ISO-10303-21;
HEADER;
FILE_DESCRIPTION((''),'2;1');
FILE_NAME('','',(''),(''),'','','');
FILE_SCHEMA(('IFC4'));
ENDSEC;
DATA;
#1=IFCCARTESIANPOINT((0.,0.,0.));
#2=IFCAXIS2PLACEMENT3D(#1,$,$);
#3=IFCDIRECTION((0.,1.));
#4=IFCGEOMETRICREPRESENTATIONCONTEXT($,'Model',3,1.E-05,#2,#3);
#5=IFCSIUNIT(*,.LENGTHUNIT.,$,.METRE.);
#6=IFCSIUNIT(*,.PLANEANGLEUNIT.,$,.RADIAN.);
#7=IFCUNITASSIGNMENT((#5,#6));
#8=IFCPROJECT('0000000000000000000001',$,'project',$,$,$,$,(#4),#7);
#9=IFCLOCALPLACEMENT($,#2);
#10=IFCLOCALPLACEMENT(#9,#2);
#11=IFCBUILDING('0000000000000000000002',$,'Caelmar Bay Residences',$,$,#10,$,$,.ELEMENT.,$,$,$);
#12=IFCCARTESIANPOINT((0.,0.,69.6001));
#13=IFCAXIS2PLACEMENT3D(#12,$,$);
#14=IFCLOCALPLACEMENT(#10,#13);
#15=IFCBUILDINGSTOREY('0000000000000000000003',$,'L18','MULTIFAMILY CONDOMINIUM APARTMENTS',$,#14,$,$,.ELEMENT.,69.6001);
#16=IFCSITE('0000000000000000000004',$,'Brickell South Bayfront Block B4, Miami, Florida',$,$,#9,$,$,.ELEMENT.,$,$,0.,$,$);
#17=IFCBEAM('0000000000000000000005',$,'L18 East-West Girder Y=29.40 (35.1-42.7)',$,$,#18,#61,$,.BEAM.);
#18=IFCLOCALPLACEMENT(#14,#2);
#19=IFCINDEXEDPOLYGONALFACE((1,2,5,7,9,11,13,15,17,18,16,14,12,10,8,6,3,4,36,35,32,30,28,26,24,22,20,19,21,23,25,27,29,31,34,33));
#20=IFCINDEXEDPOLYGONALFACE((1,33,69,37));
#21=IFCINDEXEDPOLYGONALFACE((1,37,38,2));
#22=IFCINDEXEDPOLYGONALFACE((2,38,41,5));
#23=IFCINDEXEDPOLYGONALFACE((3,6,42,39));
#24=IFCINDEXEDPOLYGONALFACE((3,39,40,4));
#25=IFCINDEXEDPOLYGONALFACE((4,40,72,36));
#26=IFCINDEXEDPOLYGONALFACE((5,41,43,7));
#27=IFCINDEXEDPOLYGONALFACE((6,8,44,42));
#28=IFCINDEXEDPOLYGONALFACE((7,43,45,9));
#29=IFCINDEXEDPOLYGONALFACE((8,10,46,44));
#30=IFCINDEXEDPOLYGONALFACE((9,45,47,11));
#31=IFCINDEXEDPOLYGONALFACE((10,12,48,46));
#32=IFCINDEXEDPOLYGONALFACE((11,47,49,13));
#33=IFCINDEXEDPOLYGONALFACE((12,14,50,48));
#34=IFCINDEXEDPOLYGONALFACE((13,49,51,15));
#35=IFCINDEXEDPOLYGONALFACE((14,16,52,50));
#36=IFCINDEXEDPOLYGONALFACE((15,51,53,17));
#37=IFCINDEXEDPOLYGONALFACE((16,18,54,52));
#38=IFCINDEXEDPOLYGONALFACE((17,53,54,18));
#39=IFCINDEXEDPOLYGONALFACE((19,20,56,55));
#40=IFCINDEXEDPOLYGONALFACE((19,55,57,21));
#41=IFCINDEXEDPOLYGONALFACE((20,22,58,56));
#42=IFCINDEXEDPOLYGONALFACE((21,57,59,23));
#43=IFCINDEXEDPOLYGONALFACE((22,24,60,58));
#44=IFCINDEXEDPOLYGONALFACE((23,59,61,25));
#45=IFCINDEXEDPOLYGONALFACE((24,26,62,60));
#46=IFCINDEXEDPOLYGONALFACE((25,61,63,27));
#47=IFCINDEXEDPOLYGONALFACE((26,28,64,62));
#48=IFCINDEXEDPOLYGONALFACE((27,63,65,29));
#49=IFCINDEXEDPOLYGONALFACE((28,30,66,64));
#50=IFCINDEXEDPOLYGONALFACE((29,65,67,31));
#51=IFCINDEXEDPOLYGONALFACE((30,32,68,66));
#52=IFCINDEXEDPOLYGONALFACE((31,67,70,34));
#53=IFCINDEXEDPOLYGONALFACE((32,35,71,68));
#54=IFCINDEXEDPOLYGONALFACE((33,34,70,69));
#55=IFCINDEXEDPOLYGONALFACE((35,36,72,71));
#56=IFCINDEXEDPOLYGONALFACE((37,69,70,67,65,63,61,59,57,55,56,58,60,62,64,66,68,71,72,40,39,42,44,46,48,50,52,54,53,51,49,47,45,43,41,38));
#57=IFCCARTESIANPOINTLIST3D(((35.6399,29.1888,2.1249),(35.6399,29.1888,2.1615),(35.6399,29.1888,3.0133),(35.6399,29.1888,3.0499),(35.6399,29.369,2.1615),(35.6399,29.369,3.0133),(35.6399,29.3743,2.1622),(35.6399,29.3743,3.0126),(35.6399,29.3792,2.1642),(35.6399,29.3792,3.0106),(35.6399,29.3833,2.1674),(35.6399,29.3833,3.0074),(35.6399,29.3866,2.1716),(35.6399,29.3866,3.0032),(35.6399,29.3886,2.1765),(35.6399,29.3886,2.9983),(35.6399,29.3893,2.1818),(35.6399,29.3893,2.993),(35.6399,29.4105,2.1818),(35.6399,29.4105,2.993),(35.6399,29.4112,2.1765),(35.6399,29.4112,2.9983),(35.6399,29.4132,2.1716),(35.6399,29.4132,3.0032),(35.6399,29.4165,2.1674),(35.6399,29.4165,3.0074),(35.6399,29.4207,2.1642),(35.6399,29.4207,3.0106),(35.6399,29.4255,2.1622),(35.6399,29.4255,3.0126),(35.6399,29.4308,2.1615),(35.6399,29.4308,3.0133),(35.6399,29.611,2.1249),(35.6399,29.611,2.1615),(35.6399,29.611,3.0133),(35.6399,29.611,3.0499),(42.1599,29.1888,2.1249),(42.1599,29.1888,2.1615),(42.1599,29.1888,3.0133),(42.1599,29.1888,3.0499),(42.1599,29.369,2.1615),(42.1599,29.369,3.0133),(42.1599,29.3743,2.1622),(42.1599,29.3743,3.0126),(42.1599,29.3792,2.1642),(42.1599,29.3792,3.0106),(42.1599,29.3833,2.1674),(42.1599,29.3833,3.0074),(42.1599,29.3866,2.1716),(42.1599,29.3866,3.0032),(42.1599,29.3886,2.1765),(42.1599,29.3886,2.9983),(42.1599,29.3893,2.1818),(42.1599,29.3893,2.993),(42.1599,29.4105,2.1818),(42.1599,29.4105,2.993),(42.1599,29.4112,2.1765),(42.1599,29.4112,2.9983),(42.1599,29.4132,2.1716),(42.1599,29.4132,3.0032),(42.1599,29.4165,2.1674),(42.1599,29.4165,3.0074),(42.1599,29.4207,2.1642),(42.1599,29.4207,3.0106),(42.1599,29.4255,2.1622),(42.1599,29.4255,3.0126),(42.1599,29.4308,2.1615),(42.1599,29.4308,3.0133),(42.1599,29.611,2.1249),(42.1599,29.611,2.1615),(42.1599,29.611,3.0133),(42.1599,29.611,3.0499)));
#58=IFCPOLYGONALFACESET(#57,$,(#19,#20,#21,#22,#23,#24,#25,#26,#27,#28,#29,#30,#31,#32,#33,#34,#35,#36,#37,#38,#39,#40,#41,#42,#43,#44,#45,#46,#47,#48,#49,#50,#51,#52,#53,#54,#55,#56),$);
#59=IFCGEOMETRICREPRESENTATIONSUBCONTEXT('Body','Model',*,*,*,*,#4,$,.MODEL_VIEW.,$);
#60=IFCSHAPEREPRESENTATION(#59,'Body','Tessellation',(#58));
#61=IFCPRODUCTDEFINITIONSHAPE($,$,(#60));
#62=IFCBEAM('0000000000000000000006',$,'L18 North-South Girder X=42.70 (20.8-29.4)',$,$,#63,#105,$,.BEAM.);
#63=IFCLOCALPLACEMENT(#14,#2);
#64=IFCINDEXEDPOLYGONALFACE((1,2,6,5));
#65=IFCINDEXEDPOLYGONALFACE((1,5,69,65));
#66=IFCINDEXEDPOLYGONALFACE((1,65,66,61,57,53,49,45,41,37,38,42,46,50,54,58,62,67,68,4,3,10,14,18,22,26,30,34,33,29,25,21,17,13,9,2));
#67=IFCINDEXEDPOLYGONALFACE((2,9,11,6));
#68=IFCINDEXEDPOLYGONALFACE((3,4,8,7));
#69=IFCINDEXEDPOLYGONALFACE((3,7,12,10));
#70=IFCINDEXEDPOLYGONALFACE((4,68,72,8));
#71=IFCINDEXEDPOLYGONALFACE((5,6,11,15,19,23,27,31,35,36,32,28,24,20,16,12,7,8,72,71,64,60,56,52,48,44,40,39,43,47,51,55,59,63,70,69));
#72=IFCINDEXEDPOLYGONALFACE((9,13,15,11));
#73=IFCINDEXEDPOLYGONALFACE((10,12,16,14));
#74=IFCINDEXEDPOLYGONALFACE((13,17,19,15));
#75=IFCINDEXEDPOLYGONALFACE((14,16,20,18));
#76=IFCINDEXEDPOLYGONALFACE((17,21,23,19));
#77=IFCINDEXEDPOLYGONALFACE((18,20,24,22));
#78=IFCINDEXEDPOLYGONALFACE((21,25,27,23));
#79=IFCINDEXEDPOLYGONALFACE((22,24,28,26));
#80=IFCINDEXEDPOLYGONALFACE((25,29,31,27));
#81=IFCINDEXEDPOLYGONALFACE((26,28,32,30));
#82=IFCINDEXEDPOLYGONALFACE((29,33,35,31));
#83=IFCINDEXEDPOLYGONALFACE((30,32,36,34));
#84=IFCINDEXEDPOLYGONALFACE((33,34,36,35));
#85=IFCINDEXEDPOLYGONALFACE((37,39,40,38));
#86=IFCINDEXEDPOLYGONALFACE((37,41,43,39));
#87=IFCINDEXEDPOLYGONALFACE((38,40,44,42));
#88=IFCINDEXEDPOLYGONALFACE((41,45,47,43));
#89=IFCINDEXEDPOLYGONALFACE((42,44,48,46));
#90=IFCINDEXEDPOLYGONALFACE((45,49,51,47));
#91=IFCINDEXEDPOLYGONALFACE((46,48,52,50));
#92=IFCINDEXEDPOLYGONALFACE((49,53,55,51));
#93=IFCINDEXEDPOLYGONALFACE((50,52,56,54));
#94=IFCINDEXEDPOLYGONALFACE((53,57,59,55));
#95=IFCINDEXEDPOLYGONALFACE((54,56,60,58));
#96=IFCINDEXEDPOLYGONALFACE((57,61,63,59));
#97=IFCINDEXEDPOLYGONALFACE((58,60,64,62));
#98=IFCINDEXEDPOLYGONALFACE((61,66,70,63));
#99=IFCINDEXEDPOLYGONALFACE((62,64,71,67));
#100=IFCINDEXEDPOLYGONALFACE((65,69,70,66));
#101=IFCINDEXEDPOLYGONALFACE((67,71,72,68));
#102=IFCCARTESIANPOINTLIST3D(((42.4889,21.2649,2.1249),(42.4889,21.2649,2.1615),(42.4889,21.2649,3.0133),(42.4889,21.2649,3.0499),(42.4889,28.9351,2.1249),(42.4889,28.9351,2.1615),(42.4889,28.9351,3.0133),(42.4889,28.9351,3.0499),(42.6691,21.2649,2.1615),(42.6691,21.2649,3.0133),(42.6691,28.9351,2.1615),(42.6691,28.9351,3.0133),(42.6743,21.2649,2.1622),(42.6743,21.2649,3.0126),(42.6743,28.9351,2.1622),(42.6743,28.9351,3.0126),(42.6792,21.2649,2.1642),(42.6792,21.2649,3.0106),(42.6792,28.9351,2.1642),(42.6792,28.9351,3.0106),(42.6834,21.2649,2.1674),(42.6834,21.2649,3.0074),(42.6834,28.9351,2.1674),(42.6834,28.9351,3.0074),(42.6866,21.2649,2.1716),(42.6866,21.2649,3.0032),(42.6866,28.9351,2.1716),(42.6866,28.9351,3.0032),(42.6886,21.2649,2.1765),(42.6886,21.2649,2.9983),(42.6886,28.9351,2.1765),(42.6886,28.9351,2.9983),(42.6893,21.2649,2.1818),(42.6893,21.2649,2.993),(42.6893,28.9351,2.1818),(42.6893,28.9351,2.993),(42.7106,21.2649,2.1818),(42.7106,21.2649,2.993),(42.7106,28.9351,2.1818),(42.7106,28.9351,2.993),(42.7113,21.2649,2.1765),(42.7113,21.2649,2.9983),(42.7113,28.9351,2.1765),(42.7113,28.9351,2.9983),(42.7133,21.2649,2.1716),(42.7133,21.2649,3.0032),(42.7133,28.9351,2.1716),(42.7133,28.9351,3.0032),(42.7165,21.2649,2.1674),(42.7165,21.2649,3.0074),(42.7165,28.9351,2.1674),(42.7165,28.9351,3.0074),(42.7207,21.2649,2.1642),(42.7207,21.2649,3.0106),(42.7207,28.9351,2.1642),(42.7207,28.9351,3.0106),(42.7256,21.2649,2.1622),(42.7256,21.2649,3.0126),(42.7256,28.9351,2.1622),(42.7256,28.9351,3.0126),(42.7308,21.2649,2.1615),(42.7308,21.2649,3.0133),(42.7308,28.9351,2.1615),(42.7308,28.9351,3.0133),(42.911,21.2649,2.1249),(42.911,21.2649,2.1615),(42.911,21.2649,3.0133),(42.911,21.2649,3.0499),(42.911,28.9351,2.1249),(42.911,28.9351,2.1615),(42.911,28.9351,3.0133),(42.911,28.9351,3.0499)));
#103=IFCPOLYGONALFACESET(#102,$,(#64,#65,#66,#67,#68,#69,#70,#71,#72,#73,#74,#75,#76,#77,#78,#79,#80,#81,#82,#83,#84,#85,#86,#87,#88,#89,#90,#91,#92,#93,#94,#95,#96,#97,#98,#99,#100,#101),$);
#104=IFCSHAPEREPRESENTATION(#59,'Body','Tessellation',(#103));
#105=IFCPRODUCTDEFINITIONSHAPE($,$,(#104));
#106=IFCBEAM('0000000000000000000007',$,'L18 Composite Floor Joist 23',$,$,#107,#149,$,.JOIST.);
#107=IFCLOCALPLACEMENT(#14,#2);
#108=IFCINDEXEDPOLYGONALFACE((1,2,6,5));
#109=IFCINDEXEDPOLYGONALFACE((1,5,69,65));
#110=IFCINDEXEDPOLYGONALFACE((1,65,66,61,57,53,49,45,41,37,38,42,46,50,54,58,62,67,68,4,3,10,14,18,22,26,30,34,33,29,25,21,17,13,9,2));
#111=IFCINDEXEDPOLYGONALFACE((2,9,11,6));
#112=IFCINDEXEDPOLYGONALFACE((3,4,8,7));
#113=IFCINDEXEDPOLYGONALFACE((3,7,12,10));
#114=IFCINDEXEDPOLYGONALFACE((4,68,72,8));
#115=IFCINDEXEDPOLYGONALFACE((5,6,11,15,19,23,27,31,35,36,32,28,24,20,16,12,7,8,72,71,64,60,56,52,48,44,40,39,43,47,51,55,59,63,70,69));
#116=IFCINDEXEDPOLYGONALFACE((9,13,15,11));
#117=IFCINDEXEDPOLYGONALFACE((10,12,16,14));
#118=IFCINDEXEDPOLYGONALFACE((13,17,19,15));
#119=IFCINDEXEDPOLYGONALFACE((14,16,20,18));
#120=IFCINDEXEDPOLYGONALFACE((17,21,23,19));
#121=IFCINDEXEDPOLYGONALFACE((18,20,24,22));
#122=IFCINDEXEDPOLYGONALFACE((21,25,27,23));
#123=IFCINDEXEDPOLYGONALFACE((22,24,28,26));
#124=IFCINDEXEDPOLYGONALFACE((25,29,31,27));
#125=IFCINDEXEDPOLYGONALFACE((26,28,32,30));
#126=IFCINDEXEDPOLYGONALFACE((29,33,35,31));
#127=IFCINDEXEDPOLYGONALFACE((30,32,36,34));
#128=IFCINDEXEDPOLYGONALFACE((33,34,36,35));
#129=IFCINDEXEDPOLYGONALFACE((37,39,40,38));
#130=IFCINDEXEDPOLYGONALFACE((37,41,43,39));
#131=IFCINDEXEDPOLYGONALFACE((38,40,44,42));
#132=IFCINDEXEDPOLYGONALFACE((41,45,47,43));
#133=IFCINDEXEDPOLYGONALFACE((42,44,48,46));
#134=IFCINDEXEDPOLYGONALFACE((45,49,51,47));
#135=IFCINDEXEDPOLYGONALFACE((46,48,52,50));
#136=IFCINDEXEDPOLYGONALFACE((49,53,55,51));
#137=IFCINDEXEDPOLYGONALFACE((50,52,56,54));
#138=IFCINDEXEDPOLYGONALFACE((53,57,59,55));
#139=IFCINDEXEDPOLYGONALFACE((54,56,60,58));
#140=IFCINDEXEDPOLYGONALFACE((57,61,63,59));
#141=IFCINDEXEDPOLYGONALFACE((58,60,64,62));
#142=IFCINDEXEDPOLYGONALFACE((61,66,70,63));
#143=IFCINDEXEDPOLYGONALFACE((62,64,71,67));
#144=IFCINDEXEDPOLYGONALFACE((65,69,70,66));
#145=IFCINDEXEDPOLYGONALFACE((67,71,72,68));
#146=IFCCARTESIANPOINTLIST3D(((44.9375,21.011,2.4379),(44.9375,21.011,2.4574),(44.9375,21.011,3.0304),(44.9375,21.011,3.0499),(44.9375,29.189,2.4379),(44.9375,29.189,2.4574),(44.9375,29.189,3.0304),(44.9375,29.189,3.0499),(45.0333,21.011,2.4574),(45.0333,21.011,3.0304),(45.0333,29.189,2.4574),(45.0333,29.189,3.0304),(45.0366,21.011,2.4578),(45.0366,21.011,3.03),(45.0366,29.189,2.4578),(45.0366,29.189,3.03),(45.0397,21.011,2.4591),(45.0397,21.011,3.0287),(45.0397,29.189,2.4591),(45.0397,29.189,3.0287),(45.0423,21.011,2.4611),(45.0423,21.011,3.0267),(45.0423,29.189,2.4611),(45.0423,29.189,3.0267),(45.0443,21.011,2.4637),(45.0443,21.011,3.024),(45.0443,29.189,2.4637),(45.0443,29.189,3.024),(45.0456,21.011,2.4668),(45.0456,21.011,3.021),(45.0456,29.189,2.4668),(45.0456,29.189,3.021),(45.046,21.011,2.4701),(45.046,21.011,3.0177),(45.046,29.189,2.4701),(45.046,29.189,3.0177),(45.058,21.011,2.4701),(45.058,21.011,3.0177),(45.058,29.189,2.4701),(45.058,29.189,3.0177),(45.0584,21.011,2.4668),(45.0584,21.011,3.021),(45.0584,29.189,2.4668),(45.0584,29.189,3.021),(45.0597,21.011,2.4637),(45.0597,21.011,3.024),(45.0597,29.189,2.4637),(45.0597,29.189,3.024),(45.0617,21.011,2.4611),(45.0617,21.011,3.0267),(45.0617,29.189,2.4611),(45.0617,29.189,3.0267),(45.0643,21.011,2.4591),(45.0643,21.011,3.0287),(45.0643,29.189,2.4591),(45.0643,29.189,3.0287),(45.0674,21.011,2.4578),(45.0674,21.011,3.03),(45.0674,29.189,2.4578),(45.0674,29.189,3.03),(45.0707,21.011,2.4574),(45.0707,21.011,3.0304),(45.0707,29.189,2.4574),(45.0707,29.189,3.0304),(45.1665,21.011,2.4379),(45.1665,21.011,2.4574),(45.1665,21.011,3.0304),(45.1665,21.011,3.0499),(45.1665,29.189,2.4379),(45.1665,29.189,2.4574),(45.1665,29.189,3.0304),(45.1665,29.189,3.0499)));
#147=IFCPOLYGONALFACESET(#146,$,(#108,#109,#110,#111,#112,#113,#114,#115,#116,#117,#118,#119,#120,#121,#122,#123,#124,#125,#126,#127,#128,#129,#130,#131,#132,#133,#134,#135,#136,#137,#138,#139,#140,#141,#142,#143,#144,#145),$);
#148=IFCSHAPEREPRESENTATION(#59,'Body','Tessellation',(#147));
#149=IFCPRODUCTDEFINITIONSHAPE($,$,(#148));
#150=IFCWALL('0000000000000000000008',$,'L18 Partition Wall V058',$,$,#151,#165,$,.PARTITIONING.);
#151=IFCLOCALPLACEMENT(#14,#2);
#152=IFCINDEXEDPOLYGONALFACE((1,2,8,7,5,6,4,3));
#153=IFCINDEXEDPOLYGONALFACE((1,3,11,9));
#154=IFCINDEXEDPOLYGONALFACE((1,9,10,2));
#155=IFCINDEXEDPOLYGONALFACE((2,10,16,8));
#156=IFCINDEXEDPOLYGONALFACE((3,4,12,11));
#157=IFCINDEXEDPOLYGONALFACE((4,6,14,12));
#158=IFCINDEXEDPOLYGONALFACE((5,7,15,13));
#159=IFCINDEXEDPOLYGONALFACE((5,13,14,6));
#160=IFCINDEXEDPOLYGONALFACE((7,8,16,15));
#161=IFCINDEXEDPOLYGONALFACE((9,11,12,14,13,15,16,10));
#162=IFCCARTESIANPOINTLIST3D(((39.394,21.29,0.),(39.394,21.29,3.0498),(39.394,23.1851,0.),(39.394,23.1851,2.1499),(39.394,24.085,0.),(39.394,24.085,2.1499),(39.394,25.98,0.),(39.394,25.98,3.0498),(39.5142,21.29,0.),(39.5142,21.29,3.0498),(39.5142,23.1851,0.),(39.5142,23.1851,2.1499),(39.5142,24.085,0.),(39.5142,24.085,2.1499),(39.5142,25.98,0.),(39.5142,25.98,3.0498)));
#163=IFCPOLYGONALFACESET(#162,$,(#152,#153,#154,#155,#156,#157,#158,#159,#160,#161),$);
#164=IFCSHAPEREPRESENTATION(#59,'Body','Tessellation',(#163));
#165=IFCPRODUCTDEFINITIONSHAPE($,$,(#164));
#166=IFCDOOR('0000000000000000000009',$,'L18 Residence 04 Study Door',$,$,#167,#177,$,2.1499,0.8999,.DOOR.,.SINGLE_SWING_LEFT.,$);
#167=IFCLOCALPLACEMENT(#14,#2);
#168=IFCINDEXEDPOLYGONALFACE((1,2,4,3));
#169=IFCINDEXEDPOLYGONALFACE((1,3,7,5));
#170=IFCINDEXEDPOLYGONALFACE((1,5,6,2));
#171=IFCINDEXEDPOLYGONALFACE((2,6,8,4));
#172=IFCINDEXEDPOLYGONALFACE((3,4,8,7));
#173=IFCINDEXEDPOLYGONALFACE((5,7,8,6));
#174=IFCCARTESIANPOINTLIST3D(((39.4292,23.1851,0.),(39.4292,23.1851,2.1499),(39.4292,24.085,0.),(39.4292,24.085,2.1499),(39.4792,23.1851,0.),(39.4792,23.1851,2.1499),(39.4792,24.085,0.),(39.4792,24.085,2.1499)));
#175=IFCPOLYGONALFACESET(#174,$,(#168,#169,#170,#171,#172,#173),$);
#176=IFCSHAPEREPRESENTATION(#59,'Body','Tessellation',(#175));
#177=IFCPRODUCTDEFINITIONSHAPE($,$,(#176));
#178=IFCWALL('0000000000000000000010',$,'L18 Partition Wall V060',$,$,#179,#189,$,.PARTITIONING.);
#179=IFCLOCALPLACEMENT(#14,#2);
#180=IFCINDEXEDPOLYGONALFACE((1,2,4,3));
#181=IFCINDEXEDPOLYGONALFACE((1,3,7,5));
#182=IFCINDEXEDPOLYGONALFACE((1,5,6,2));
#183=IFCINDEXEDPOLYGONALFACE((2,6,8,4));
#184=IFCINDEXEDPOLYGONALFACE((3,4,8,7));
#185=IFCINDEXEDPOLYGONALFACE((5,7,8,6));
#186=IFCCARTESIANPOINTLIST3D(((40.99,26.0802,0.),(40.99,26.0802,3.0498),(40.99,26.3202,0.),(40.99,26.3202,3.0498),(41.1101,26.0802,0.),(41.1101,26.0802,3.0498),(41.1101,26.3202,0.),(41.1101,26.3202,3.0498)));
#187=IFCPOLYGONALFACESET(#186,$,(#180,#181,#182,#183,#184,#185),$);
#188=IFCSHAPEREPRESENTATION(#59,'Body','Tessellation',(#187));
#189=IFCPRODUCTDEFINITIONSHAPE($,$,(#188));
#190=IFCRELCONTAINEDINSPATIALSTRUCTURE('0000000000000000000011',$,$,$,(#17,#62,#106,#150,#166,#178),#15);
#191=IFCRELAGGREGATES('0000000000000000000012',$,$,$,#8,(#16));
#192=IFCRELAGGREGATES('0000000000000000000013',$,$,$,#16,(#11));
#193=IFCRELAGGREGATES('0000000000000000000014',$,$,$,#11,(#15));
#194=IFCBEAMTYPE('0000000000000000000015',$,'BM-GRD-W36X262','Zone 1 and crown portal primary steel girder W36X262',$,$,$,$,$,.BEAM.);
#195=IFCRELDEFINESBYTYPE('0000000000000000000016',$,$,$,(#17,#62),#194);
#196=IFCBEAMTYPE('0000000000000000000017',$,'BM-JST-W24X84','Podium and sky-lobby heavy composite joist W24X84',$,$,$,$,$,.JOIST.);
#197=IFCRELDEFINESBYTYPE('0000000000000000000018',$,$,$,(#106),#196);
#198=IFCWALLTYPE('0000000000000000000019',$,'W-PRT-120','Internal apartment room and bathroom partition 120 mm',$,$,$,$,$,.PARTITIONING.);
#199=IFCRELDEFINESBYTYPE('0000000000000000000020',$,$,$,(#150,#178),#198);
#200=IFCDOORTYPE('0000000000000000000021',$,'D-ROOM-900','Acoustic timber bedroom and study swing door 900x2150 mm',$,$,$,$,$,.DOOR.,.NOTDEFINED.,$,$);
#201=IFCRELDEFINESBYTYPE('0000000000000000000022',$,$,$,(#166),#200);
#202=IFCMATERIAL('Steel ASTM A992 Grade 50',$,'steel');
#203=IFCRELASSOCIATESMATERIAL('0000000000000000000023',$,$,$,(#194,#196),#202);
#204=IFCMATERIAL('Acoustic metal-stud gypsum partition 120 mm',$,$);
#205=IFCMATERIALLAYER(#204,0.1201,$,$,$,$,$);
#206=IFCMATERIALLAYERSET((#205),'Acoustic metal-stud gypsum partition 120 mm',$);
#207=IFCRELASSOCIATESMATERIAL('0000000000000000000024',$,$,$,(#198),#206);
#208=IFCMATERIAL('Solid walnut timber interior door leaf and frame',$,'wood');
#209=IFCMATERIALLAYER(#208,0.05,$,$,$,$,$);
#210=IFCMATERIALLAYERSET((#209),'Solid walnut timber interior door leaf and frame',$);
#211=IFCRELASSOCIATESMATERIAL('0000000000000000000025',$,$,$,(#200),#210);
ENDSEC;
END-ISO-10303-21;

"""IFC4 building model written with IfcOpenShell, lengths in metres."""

from ifc_helpers import new_model, si_unit, direction, frame, frame_2d, origin, origin_2d, place, context, subcontext, project, spatial, rectangle, i_section, extrude, material, layer, layer_set, material_profile, profile_set, type_object, element, fill, save


model = new_model("IFC4")

# Units and contexts
model_context = context("Model", 3, precision=1e-05, world=origin(), true_north=direction((0.0, 1.0)))
body_context = subcontext(model_context, "Body", "Model", "MODEL_VIEW")
ifc_project = project(units=[si_unit("LENGTHUNIT", "METRE"), si_unit("PLANEANGLEUNIT", "RADIAN")], contexts=[model_context])

# Site, building, storey
site_placement = place(None, origin())
site = spatial("IfcSite", under=ifc_project, at=site_placement, Name="Brickell South Bayfront Block B4, Miami, Florida", CompositionType="ELEMENT", RefElevation=0.0)
building_placement = place(site_placement, origin())
building = spatial("IfcBuilding", under=site, at=building_placement, Name="Caelmar Bay Residences", CompositionType="ELEMENT")
storey_placement = place(building_placement, frame((0.0, 0.0, 69.6001)))
storey = spatial("IfcBuildingStorey", under=building, at=storey_placement, Name="L18", Description="MULTIFAMILY CONDOMINIUM APARTMENTS", CompositionType="ELEMENT", Elevation=69.6001)

# Beams
ifc_material_1 = material(Name="Steel ASTM A992 Grade 50", Category="steel")
ifc_material_profile_1 = material_profile(ifc_material_1, i_section(OverallWidth=0.4221, OverallDepth=0.925, WebThickness=0.0212, FlangeThickness=0.0366, FilletRadius=0.0203, at=origin_2d()), Name="W36X262")
ifc_profile_set_1 = profile_set([ifc_material_profile_1], Name="Steel ASTM A992 Grade 50")
beam_type_1 = type_object("IfcBeamType", Name="BM-GRD-W36X262", Description="Zone 1 and crown portal primary steel girder W36X262", PredefinedType="BEAM", material=ifc_profile_set_1)
beam_1_placement = place(storey_placement, frame((35.6399, 29.3999, 2.5874), z_axis=(1.0, 0.0, 0.0), x_axis=(0.0, 1.0, 0.0)))
element("IfcBeam", 1, at=beam_1_placement, inside=storey, type_object=beam_type_1, Name="L18 East-West Girder Y=29.40 (35.1-42.7)", PredefinedType="BEAM", context=body_context, shape_type="SweptSolid", body=[
    extrude(i_section(OverallWidth=0.4221, OverallDepth=0.925, WebThickness=0.0212, FlangeThickness=0.0366, FilletRadius=0.0203, at=origin_2d()), origin(), (0.0, 0.0, 1.0), 6.52),
])
beam_2_placement = place(storey_placement, frame((42.7, 21.2649, 2.5874), z_axis=(0.0, 1.0, 0.0), x_axis=(-1.0, 0.0, 0.0)))
element("IfcBeam", 2, at=beam_2_placement, inside=storey, type_object=beam_type_1, Name="L18 North-South Girder X=42.70 (20.8-29.4)", PredefinedType="BEAM", context=body_context, shape_type="SweptSolid", body=[
    extrude(i_section(OverallWidth=0.4221, OverallDepth=0.925, WebThickness=0.0212, FlangeThickness=0.0366, FilletRadius=0.0203, at=origin_2d()), origin(), (0.0, 0.0, 1.0), 7.6702),
])
ifc_material_profile_2 = material_profile(ifc_material_1, i_section(OverallWidth=0.229, OverallDepth=0.6121, WebThickness=0.012, FlangeThickness=0.0195, FilletRadius=0.0127, at=origin_2d()), Name="W24X84")
ifc_profile_set_2 = profile_set([ifc_material_profile_2], Name="Steel ASTM A992 Grade 50")
beam_type_2 = type_object("IfcBeamType", Name="BM-JST-W24X84", Description="Podium and sky-lobby heavy composite joist W24X84", PredefinedType="JOIST", material=ifc_profile_set_2)
beam_3_placement = place(storey_placement, frame((45.052, 21.011, 2.7439), z_axis=(0.0, 1.0, 0.0), x_axis=(-1.0, 0.0, 0.0)))
element("IfcBeam", 3, at=beam_3_placement, inside=storey, type_object=beam_type_2, Name="L18 Composite Floor Joist 23", PredefinedType="JOIST", context=body_context, shape_type="SweptSolid", body=[
    extrude(i_section(OverallWidth=0.229, OverallDepth=0.6121, WebThickness=0.012, FlangeThickness=0.0195, FilletRadius=0.0127, at=origin_2d()), origin(), (0.0, 0.0, 1.0), 8.178),
])

# Wall, opening, door
ifc_material_2 = material(Name="Acoustic metal-stud gypsum partition 120 mm")
ifc_layer_1 = layer(ifc_material_2, 0.1201)
ifc_layer_set_1 = layer_set([ifc_layer_1], Name="Acoustic metal-stud gypsum partition 120 mm")
wall_type_1 = type_object("IfcWallType", Name="W-PRT-120", Description="Internal apartment room and bathroom partition 120 mm", PredefinedType="PARTITIONING", material=ifc_layer_set_1)
wall_1_placement = place(storey_placement, frame((39.4541, 21.29, 0.0), z_axis=(0.0, 0.0, 1.0), x_axis=(0.0, 1.0, 0.0)))
wall_1 = element("IfcWall", 4, at=wall_1_placement, inside=storey, type_object=wall_type_1, Name="L18 Partition Wall V058", PredefinedType="PARTITIONING", context=body_context, shape_type="SweptSolid", body=[
    extrude(rectangle(XDim=4.6899, YDim=0.1201, at=frame_2d((2.345, 0.0))), origin(), (0.0, 0.0, 1.0), 3.0498),
])
opening_1_placement = place(wall_1_placement, frame((1.895, 0.0, 0.0)))
opening_1 = element("IfcOpeningElement", 5, at=opening_1_placement, cuts=wall_1, PredefinedType="OPENING", context=body_context, shape_type="SweptSolid", body=[
    extrude(rectangle(XDim=0.8999, YDim=2.1499, at=frame_2d((0.45, 1.075))), frame((0.0, 0.0701, 0.0), z_axis=(0.0, -1.0, 0.0), x_axis=(1.0, 0.0, 0.0)), (0.0, 0.0, 1.0), 0.1401),
])
ifc_material_3 = material(Name="Solid walnut timber interior door leaf and frame", Category="wood")
ifc_layer_2 = layer(ifc_material_3, 0.05)
ifc_layer_set_2 = layer_set([ifc_layer_2], Name="Solid walnut timber interior door leaf and frame")
door_type_1 = type_object("IfcDoorType", Name="D-ROOM-900", Description="Acoustic timber bedroom and study swing door 900x2150 mm", OperationType="NOTDEFINED", PredefinedType="DOOR", material=ifc_layer_set_2)
door_1_placement = place(opening_1_placement, origin())
door_1 = element("IfcDoor", 6, at=door_1_placement, inside=storey, type_object=door_type_1, Name="L18 Residence 04 Study Door", OperationType="SINGLE_SWING_LEFT", OverallHeight=2.1499, OverallWidth=0.8999, PredefinedType="DOOR", context=body_context, shape_type="SweptSolid", body=[
    extrude(rectangle(XDim=0.8999, YDim=2.1499, at=frame_2d((0.45, 1.075))), frame((0.0, 0.0249, 0.0), z_axis=(0.0, -1.0, 0.0), x_axis=(1.0, 0.0, 0.0)), (0.0, 0.0, 1.0), 0.05),
])
fill(opening_1, door_1)

# Wall
wall_2_placement = place(storey_placement, frame((41.05, 26.0801, 0.0), z_axis=(0.0, 0.0, 1.0), x_axis=(0.0, 1.0, 0.0)))
element("IfcWall", 7, at=wall_2_placement, inside=storey, type_object=wall_type_1, Name="L18 Partition Wall V060", PredefinedType="PARTITIONING", context=body_context, shape_type="SweptSolid", body=[
    extrude(rectangle(XDim=0.24, YDim=0.1201, at=frame_2d((0.1201, 0.0))), origin(), (0.0, 0.0, 1.0), 3.0498),
])

save(model, "model.ifc")
